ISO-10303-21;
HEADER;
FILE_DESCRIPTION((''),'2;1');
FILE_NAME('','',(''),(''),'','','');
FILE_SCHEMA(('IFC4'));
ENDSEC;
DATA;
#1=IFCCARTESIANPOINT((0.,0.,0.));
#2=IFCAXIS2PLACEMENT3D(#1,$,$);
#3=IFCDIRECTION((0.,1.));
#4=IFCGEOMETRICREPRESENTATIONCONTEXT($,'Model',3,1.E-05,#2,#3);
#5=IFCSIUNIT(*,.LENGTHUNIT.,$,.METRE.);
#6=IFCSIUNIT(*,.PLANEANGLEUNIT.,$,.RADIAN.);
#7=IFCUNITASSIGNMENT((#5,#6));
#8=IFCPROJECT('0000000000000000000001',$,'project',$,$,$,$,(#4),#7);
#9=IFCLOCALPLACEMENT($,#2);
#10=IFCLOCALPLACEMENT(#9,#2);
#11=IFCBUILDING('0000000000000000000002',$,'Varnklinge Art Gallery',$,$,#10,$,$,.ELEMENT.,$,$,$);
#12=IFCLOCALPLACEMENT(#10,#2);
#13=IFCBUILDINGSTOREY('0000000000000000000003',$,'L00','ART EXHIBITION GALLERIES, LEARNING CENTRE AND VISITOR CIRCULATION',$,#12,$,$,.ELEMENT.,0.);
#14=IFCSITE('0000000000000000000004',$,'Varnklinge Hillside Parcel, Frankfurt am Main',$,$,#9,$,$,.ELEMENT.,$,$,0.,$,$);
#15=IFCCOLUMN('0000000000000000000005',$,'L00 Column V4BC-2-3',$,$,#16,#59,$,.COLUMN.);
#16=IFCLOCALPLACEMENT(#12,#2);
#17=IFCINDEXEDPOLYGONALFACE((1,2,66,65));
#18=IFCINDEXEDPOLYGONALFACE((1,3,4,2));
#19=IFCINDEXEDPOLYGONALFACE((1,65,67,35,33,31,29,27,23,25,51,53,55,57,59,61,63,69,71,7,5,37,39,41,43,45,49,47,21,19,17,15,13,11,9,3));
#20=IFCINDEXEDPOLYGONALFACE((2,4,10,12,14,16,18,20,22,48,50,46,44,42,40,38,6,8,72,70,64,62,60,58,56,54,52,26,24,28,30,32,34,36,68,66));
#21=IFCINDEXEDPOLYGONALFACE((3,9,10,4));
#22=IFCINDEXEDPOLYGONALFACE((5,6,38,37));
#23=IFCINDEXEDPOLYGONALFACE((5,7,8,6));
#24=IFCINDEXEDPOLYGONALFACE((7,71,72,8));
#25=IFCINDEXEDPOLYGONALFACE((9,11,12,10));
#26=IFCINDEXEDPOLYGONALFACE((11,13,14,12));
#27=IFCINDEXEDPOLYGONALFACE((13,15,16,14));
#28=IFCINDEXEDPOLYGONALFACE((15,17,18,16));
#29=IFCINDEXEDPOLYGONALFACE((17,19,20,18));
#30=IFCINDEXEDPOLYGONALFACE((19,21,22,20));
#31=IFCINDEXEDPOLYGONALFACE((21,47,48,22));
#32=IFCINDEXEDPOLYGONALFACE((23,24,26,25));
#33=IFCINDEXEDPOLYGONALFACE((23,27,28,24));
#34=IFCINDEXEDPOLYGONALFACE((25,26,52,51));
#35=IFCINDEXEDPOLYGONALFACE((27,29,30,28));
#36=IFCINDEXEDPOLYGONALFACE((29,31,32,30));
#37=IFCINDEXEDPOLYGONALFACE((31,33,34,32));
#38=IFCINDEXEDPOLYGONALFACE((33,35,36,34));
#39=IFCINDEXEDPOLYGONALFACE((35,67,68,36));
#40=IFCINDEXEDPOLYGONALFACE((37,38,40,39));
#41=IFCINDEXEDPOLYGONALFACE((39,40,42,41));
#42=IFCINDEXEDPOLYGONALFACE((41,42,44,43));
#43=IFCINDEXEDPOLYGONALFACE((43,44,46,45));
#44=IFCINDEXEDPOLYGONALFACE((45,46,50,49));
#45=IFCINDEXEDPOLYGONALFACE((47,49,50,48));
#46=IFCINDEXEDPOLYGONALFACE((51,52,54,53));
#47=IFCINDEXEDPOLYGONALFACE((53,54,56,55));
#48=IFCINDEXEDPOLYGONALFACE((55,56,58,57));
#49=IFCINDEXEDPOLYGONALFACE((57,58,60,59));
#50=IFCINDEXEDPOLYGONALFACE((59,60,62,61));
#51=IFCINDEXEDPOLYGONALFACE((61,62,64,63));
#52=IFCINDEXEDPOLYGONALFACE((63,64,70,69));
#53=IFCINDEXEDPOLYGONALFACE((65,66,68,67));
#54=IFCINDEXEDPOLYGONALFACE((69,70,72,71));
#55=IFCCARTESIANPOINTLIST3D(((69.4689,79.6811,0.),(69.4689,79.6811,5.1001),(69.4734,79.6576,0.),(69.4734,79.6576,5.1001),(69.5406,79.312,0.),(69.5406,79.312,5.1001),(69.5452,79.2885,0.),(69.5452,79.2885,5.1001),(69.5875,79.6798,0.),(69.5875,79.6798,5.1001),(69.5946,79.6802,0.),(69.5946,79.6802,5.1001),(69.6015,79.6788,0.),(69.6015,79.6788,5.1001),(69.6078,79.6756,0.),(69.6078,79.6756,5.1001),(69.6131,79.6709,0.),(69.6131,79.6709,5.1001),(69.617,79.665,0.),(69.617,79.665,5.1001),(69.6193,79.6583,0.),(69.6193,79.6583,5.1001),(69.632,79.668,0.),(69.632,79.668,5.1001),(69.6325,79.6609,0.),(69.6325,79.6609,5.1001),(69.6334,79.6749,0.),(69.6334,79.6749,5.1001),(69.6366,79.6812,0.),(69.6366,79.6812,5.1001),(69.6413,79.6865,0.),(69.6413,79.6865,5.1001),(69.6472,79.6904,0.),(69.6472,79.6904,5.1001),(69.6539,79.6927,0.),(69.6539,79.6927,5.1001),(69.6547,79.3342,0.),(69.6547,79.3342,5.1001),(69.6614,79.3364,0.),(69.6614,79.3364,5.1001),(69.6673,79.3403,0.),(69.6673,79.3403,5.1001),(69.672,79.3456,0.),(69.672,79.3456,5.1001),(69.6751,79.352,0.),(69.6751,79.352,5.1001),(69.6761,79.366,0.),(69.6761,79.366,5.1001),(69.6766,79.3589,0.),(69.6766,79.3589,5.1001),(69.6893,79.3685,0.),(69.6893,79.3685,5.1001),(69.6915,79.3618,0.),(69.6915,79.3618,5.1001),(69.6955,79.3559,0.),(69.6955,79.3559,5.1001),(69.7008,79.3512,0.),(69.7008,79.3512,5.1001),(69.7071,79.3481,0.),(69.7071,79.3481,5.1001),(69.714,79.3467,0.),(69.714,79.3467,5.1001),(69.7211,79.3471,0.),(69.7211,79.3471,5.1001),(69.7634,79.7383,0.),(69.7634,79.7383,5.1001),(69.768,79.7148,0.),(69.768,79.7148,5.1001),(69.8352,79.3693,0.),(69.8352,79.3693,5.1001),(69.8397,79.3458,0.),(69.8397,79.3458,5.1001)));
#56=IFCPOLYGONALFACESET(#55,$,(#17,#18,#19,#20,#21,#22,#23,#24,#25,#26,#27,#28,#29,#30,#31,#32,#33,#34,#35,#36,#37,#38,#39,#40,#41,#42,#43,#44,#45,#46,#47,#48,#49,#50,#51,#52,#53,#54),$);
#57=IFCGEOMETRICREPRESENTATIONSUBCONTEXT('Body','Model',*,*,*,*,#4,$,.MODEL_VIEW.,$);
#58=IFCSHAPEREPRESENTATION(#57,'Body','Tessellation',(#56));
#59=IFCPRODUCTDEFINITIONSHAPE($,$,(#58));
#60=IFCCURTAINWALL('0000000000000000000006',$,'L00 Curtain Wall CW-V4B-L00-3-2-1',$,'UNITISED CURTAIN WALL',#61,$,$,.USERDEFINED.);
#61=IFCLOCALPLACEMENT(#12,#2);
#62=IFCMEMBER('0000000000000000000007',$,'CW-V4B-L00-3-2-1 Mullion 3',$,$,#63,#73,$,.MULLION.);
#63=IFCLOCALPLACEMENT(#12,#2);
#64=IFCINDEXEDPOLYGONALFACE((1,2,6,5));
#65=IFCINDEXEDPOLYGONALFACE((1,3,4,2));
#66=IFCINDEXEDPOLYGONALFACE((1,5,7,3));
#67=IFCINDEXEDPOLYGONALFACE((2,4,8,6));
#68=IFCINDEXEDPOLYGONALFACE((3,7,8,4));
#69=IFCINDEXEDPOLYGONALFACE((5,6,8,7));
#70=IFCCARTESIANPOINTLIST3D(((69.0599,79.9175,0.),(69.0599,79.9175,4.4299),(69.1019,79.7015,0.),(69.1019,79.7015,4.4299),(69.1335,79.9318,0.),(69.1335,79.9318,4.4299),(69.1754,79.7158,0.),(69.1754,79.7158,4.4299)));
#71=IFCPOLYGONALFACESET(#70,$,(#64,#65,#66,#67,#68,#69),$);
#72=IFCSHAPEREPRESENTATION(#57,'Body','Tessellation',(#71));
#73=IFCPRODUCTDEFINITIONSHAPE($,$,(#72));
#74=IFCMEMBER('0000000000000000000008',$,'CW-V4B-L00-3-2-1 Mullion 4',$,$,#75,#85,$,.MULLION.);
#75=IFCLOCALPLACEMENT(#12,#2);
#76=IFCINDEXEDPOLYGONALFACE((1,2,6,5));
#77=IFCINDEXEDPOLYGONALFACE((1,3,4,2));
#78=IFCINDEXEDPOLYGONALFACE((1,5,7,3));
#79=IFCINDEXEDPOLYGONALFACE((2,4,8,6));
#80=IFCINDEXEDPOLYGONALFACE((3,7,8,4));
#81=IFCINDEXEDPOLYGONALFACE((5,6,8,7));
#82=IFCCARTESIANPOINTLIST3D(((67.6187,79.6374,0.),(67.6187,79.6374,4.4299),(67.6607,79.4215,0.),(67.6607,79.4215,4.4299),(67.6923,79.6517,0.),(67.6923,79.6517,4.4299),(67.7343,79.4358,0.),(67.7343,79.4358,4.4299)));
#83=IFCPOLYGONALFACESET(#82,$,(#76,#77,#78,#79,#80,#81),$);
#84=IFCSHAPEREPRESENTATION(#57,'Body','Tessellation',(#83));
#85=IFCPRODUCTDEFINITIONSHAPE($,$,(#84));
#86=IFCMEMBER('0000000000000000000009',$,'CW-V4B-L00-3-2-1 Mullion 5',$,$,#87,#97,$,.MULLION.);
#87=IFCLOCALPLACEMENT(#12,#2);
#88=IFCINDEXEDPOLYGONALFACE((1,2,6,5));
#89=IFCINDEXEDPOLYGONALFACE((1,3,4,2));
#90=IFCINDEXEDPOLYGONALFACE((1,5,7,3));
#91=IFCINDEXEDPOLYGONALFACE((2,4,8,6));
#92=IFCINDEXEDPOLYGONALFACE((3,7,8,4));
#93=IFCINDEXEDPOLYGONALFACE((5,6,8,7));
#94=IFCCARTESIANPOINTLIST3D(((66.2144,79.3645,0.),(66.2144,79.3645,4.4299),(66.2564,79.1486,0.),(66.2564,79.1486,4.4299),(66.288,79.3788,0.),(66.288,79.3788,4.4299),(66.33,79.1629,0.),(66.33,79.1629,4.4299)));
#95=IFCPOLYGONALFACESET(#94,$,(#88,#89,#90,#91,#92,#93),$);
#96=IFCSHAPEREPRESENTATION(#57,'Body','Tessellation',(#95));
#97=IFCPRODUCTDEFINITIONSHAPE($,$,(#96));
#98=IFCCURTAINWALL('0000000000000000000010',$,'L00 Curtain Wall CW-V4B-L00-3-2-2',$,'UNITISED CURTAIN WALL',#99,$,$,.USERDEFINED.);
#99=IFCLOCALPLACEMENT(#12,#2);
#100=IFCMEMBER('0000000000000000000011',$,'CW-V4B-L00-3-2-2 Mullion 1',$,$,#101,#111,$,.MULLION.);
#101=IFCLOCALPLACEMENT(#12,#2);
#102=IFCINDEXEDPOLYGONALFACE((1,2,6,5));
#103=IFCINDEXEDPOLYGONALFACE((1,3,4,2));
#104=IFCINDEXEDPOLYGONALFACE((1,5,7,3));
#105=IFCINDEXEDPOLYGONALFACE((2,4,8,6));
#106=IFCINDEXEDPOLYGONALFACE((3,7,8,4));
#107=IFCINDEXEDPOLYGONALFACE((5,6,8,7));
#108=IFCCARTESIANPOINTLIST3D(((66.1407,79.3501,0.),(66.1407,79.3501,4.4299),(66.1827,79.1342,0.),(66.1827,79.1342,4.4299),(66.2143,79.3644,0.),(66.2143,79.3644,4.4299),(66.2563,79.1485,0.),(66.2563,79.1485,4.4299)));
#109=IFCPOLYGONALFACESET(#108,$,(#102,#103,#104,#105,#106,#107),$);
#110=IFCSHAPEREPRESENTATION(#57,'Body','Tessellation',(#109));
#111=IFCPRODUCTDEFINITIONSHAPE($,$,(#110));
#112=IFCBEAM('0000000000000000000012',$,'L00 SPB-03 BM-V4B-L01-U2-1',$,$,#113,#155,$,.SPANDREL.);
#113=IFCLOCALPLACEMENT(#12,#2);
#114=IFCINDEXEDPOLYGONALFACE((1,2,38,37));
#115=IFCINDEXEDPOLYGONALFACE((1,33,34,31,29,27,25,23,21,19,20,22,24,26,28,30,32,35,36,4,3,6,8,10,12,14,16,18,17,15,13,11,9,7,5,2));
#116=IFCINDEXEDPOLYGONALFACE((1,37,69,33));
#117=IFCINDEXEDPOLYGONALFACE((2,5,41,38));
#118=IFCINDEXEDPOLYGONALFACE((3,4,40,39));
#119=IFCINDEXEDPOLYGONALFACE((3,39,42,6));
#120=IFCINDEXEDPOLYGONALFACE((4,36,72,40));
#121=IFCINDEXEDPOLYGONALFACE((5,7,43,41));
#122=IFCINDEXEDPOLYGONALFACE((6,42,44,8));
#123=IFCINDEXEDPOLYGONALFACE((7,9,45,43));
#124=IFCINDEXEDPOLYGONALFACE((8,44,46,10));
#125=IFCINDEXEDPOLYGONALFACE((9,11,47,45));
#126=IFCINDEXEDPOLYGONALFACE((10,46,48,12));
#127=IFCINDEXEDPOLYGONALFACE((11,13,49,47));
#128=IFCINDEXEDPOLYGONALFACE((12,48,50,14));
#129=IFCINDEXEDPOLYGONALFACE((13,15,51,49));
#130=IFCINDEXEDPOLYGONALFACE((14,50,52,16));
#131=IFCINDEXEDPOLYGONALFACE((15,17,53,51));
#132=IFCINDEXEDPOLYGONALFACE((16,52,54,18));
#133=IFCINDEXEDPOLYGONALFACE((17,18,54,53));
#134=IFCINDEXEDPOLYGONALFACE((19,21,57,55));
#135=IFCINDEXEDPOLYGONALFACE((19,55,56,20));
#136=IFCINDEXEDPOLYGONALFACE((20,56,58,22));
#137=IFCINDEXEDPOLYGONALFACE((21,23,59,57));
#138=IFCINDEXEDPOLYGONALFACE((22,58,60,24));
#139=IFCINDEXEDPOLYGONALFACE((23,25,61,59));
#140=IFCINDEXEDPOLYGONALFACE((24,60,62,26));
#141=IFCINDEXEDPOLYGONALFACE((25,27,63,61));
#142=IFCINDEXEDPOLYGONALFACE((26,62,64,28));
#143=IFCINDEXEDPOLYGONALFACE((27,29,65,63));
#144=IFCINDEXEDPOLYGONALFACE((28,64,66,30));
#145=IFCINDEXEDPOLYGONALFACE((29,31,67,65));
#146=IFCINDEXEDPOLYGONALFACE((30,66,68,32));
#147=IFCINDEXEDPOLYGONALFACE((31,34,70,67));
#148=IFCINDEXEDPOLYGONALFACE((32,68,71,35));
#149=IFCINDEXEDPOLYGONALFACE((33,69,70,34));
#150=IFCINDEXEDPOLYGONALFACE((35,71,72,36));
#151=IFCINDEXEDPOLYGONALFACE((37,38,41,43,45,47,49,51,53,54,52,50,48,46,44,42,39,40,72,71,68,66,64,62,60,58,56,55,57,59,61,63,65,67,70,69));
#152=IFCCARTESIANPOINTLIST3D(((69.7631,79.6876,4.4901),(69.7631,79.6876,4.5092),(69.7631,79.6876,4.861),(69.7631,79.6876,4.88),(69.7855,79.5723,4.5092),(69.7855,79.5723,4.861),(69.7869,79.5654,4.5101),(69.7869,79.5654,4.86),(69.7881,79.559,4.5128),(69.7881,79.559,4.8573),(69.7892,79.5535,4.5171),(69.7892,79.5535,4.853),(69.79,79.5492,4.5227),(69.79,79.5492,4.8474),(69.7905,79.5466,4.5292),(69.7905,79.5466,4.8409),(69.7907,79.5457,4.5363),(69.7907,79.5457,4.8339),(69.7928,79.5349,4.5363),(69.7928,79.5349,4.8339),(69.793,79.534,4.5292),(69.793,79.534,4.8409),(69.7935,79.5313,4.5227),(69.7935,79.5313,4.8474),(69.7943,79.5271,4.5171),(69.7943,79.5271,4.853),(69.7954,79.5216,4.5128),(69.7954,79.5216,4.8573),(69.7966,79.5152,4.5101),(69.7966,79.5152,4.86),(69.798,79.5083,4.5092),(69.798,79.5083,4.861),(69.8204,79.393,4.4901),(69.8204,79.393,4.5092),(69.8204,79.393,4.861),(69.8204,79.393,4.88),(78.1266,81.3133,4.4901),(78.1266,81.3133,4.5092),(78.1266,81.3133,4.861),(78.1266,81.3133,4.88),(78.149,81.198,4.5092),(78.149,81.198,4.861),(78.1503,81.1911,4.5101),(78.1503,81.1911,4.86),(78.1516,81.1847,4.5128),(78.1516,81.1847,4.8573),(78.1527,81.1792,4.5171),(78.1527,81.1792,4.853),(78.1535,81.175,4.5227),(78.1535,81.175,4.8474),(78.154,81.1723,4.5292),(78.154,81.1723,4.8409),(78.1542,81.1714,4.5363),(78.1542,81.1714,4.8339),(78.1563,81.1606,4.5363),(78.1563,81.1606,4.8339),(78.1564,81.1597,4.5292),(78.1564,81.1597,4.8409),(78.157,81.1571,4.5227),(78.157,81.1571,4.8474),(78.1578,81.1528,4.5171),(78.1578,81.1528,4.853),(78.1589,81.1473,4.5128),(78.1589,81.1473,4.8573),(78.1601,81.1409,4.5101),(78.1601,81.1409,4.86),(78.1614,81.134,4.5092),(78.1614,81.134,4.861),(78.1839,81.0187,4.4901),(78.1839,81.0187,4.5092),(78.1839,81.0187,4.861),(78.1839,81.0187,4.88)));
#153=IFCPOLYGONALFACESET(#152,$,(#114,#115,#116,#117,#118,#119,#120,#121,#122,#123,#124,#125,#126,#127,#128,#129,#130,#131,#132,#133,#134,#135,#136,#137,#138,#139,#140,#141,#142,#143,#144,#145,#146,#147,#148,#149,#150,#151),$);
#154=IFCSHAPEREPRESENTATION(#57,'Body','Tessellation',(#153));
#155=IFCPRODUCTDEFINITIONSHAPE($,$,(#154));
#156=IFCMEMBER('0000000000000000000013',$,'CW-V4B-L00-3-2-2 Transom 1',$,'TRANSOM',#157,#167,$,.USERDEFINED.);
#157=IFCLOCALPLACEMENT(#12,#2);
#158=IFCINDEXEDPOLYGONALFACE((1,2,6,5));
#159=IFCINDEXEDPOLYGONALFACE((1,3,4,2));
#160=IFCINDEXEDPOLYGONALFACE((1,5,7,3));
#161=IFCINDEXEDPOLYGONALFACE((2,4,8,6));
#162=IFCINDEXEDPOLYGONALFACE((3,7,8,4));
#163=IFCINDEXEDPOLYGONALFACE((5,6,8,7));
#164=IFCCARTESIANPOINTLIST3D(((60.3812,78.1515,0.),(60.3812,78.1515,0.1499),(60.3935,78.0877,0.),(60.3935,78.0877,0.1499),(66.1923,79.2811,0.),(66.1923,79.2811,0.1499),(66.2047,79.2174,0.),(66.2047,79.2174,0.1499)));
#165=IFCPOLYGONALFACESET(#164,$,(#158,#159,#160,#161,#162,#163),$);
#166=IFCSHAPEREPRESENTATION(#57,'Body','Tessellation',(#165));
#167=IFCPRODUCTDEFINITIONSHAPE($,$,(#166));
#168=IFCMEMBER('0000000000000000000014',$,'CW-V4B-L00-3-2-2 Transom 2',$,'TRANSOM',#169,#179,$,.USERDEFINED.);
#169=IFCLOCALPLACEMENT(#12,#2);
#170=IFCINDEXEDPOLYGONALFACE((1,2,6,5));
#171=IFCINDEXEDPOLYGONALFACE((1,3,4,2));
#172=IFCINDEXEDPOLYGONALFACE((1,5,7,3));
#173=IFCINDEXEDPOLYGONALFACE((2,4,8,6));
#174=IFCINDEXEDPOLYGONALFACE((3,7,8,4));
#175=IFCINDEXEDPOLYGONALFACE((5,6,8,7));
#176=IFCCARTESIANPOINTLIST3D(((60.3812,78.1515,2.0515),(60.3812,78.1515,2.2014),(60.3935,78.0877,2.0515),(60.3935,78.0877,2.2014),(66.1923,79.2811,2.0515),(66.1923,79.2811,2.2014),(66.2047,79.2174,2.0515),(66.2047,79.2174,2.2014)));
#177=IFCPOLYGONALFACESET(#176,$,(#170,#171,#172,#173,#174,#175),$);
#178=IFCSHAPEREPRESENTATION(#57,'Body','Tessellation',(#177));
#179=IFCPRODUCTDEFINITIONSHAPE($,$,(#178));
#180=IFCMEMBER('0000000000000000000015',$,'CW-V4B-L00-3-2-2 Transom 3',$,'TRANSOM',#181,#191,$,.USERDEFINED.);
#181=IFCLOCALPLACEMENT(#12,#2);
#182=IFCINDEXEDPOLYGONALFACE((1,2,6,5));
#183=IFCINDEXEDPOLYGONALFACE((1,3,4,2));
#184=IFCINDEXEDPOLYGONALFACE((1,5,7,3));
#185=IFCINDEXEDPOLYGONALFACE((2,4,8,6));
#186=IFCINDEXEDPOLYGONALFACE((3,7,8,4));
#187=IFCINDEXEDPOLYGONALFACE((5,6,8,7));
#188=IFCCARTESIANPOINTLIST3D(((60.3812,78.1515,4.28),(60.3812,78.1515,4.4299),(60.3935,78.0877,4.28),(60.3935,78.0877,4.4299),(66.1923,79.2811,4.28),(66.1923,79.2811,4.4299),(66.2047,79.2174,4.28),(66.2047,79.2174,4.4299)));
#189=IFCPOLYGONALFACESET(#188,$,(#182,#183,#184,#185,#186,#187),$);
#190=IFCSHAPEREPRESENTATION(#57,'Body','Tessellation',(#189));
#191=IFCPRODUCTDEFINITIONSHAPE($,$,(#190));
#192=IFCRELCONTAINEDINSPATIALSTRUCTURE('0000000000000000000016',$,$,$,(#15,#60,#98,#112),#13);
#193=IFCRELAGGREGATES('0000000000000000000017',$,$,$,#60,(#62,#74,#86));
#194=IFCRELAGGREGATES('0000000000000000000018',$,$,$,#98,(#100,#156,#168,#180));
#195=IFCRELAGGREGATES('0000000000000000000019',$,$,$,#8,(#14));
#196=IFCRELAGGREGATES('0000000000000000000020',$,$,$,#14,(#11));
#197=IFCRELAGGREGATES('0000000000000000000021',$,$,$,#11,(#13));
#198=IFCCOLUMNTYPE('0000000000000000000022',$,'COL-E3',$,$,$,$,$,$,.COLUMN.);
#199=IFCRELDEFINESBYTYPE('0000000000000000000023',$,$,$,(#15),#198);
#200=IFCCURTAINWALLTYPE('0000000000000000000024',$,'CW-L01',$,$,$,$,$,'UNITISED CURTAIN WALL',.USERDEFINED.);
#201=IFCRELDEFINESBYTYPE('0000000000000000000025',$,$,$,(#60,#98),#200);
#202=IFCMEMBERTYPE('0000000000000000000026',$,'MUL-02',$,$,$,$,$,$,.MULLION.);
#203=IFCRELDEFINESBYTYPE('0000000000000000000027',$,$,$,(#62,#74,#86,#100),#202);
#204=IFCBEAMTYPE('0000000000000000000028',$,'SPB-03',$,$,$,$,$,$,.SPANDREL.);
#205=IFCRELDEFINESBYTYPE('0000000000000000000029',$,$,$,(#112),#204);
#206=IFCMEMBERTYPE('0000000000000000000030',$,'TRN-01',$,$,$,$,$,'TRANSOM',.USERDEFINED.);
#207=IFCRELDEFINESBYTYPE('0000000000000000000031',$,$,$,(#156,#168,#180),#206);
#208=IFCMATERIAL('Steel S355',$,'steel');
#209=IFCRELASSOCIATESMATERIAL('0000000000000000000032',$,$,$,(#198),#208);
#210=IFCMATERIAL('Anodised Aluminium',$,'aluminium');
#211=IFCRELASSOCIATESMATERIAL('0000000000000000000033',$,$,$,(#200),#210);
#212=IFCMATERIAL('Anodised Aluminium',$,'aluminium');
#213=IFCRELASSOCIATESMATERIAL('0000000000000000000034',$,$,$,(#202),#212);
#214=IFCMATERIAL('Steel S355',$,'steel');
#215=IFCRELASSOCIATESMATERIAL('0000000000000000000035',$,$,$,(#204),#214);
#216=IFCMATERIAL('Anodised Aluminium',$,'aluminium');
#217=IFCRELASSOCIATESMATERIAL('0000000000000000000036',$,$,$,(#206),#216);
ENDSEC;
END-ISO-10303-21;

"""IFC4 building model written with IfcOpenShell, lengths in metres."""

from ifc_helpers import new_model, si_unit, direction, frame, origin, origin_2d, place, context, subcontext, project, spatial, rectangle, i_section, extrude, material, material_profile, profile_set, type_object, element, aggregate, save


model = new_model("IFC4")

# Units and contexts
model_context = context("Model", 3, precision=1e-05, world=origin(), true_north=direction((0.0, 1.0)))
body_context = subcontext(model_context, "Body", "Model", "MODEL_VIEW")
ifc_project = project(units=[si_unit("LENGTHUNIT", "METRE"), si_unit("PLANEANGLEUNIT", "RADIAN")], contexts=[model_context])

# Site, building, storey
site_placement = place(None, origin())
site = spatial("IfcSite", under=ifc_project, at=site_placement, Name="Varnklinge Hillside Parcel, Frankfurt am Main", CompositionType="ELEMENT", RefElevation=0.0)
building_placement = place(site_placement, origin())
building = spatial("IfcBuilding", under=site, at=building_placement, Name="Varnklinge Art Gallery", CompositionType="ELEMENT")
storey_placement = place(building_placement, origin())
storey = spatial("IfcBuildingStorey", under=building, at=storey_placement, Name="L00", Description="ART EXHIBITION GALLERIES, LEARNING CENTRE AND VISITOR CIRCULATION", CompositionType="ELEMENT", Elevation=0.0)

# Column
ifc_material_1 = material(Name="Steel S355", Category="steel")
ifc_material_profile_1 = material_profile(ifc_material_1, i_section(OverallWidth=0.3, OverallDepth=0.3999, WebThickness=0.0134, FlangeThickness=0.0239, FilletRadius=0.0271, at=origin_2d()), Name="HEB 400")
ifc_profile_set_1 = profile_set([ifc_material_profile_1], Name="Steel S355")
column_type = type_object("IfcColumnType", Name="COL-E3", PredefinedType="COLUMN", material=ifc_profile_set_1)
column_placement = place(storey_placement, frame((69.6543, 79.5134, 0.0), z_axis=(0.0, 0.0, 1.0), x_axis=(0.981627, 0.190809, 0.0)))
element("IfcColumn", 1, at=column_placement, inside=storey, type_object=column_type, Name="L00 Column V4BC-2-3", PredefinedType="COLUMN", context=body_context, shape_type="SweptSolid", body=[
    extrude(i_section(OverallWidth=0.3, OverallDepth=0.3999, WebThickness=0.0134, FlangeThickness=0.0239, FilletRadius=0.0271, at=origin_2d()), origin(), (0.0, 0.0, 1.0), 5.1001),
])

# Curtain wall, members
ifc_material_2 = material(Name="Anodised Aluminium", Category="aluminium")
curtain_wall_type = type_object("IfcCurtainWallType", Name="CW-L01", ElementType="UNITISED CURTAIN WALL", PredefinedType="USERDEFINED", material=ifc_material_2)
curtain_wall_1_placement = place(storey_placement, origin())
curtain_wall_1 = element("IfcCurtainWall", 2, at=curtain_wall_1_placement, inside=storey, type_object=curtain_wall_type, Name="L00 Curtain Wall CW-V4B-L00-3-2-1", ObjectType="UNITISED CURTAIN WALL", PredefinedType="USERDEFINED")
ifc_material_3 = material(Name="Anodised Aluminium", Category="aluminium")
ifc_material_profile_2 = material_profile(ifc_material_3, rectangle(XDim=0.075, YDim=0.22, at=origin_2d()), Name="ALU 75x220")
ifc_profile_set_2 = profile_set([ifc_material_profile_2], Name="Anodised Aluminium")
member_type_1 = type_object("IfcMemberType", Name="MUL-02", PredefinedType="MULLION", material=ifc_profile_set_2)
member_1_placement = place(storey_placement, frame((69.1177, 79.8167, 0.0), z_axis=(0.0, 0.0, 1.0), x_axis=(-0.981627, -0.190809, 0.0)))
member_1 = element("IfcMember", 3, at=member_1_placement, type_object=member_type_1, Name="CW-V4B-L00-3-2-1 Mullion 3", PredefinedType="MULLION", context=body_context, shape_type="SweptSolid", body=[
    extrude(rectangle(XDim=0.075, YDim=0.22, at=origin_2d()), origin(), (0.0, 0.0, 1.0), 4.4299),
])
member_2_placement = place(storey_placement, frame((67.6765, 79.5366, 0.0), z_axis=(0.0, 0.0, 1.0), x_axis=(-0.981627, -0.190809, 0.0)))
member_2 = element("IfcMember", 4, at=member_2_placement, type_object=member_type_1, Name="CW-V4B-L00-3-2-1 Mullion 4", PredefinedType="MULLION", context=body_context, shape_type="SweptSolid", body=[
    extrude(rectangle(XDim=0.075, YDim=0.22, at=origin_2d()), origin(), (0.0, 0.0, 1.0), 4.4299),
])
member_3_placement = place(storey_placement, frame((66.2722, 79.2637, 0.0), z_axis=(0.0, 0.0, 1.0), x_axis=(-0.981627, -0.190809, 0.0)))
member_3 = element("IfcMember", 5, at=member_3_placement, type_object=member_type_1, Name="CW-V4B-L00-3-2-1 Mullion 5", PredefinedType="MULLION", context=body_context, shape_type="SweptSolid", body=[
    extrude(rectangle(XDim=0.075, YDim=0.22, at=origin_2d()), origin(), (0.0, 0.0, 1.0), 4.4299),
])

# Curtain wall, member
curtain_wall_2_placement = place(storey_placement, origin())
curtain_wall_2 = element("IfcCurtainWall", 6, at=curtain_wall_2_placement, inside=storey, type_object=curtain_wall_type, Name="L00 Curtain Wall CW-V4B-L00-3-2-2", ObjectType="UNITISED CURTAIN WALL", PredefinedType="USERDEFINED")
member_4_placement = place(storey_placement, frame((66.1985, 79.2493, 0.0), z_axis=(0.0, 0.0, 1.0), x_axis=(-0.981627, -0.190809, 0.0)))
member_4 = element("IfcMember", 7, at=member_4_placement, type_object=member_type_1, Name="CW-V4B-L00-3-2-2 Mullion 1", PredefinedType="MULLION", context=body_context, shape_type="SweptSolid", body=[
    extrude(rectangle(XDim=0.075, YDim=0.22, at=origin_2d()), origin(), (0.0, 0.0, 1.0), 4.4299),
])

# Beam
ifc_material_4 = material(Name="Steel S355", Category="steel")
ifc_material_profile_3 = material_profile(ifc_material_4, i_section(OverallWidth=0.3, OverallDepth=0.3899, WebThickness=0.011, FlangeThickness=0.019, FilletRadius=0.0271, at=origin_2d()), Name="HEA 400")
ifc_profile_set_3 = profile_set([ifc_material_profile_3], Name="Steel S355")
beam_type = type_object("IfcBeamType", Name="SPB-03", PredefinedType="SPANDREL", material=ifc_profile_set_3)
beam_placement = place(storey_placement, frame((69.7917, 79.5403, 4.6851), z_axis=(0.981627, 0.190812, 0.0), x_axis=(-0.190812, 0.981627, 0.0)))
element("IfcBeam", 8, at=beam_placement, inside=storey, type_object=beam_type, Name="L00 SPB-03 BM-V4B-L01-U2-1", PredefinedType="SPANDREL", context=body_context, shape_type="SweptSolid", body=[
    extrude(i_section(OverallWidth=0.3, OverallDepth=0.3899, WebThickness=0.011, FlangeThickness=0.019, FilletRadius=0.0271, at=origin_2d()), origin(), (0.0, 0.0, 1.0), 8.52),
])

# Members
ifc_material_5 = material(Name="Anodised Aluminium", Category="aluminium")
ifc_material_profile_4 = material_profile(ifc_material_5, rectangle(XDim=0.0649, YDim=0.1499, at=origin_2d()), Name="ALU 65x150")
ifc_profile_set_4 = profile_set([ifc_material_profile_4], Name="Anodised Aluminium")
member_type_2 = type_object("IfcMemberType", Name="TRN-01", ElementType="TRANSOM", PredefinedType="USERDEFINED", material=ifc_profile_set_4)
member_5_placement = place(storey_placement, frame((66.1985, 79.2493, 0.075), z_axis=(-0.981624, -0.190823, 0.0), x_axis=(0.190823, -0.981624, 0.0)))
member_5 = element("IfcMember", 9, at=member_5_placement, type_object=member_type_2, Name="CW-V4B-L00-3-2-2 Transom 1", ObjectType="TRANSOM", PredefinedType="USERDEFINED", context=body_context, shape_type="SweptSolid", body=[
    extrude(rectangle(XDim=0.0649, YDim=0.1499, at=origin_2d()), origin(), (0.0, 0.0, 1.0), 5.9199),
])
member_6_placement = place(storey_placement, frame((66.1985, 79.2493, 2.1265), z_axis=(-0.981624, -0.190823, 0.0), x_axis=(0.190823, -0.981624, 0.0)))
member_6 = element("IfcMember", 10, at=member_6_placement, type_object=member_type_2, Name="CW-V4B-L00-3-2-2 Transom 2", ObjectType="TRANSOM", PredefinedType="USERDEFINED", context=body_context, shape_type="SweptSolid", body=[
    extrude(rectangle(XDim=0.0649, YDim=0.1499, at=origin_2d()), origin(), (0.0, 0.0, 1.0), 5.9199),
])
member_7_placement = place(storey_placement, frame((66.1985, 79.2493, 4.355), z_axis=(-0.981624, -0.190823, 0.0), x_axis=(0.190823, -0.981624, 0.0)))
member_7 = element("IfcMember", 11, at=member_7_placement, type_object=member_type_2, Name="CW-V4B-L00-3-2-2 Transom 3", ObjectType="TRANSOM", PredefinedType="USERDEFINED", context=body_context, shape_type="SweptSolid", body=[
    extrude(rectangle(XDim=0.0649, YDim=0.1499, at=origin_2d()), origin(), (0.0, 0.0, 1.0), 5.9199),
])

aggregate(curtain_wall_1, [member_1, member_2, member_3])
aggregate(curtain_wall_2, [member_4, member_5, member_6, member_7])

save(model, "model.ifc")
